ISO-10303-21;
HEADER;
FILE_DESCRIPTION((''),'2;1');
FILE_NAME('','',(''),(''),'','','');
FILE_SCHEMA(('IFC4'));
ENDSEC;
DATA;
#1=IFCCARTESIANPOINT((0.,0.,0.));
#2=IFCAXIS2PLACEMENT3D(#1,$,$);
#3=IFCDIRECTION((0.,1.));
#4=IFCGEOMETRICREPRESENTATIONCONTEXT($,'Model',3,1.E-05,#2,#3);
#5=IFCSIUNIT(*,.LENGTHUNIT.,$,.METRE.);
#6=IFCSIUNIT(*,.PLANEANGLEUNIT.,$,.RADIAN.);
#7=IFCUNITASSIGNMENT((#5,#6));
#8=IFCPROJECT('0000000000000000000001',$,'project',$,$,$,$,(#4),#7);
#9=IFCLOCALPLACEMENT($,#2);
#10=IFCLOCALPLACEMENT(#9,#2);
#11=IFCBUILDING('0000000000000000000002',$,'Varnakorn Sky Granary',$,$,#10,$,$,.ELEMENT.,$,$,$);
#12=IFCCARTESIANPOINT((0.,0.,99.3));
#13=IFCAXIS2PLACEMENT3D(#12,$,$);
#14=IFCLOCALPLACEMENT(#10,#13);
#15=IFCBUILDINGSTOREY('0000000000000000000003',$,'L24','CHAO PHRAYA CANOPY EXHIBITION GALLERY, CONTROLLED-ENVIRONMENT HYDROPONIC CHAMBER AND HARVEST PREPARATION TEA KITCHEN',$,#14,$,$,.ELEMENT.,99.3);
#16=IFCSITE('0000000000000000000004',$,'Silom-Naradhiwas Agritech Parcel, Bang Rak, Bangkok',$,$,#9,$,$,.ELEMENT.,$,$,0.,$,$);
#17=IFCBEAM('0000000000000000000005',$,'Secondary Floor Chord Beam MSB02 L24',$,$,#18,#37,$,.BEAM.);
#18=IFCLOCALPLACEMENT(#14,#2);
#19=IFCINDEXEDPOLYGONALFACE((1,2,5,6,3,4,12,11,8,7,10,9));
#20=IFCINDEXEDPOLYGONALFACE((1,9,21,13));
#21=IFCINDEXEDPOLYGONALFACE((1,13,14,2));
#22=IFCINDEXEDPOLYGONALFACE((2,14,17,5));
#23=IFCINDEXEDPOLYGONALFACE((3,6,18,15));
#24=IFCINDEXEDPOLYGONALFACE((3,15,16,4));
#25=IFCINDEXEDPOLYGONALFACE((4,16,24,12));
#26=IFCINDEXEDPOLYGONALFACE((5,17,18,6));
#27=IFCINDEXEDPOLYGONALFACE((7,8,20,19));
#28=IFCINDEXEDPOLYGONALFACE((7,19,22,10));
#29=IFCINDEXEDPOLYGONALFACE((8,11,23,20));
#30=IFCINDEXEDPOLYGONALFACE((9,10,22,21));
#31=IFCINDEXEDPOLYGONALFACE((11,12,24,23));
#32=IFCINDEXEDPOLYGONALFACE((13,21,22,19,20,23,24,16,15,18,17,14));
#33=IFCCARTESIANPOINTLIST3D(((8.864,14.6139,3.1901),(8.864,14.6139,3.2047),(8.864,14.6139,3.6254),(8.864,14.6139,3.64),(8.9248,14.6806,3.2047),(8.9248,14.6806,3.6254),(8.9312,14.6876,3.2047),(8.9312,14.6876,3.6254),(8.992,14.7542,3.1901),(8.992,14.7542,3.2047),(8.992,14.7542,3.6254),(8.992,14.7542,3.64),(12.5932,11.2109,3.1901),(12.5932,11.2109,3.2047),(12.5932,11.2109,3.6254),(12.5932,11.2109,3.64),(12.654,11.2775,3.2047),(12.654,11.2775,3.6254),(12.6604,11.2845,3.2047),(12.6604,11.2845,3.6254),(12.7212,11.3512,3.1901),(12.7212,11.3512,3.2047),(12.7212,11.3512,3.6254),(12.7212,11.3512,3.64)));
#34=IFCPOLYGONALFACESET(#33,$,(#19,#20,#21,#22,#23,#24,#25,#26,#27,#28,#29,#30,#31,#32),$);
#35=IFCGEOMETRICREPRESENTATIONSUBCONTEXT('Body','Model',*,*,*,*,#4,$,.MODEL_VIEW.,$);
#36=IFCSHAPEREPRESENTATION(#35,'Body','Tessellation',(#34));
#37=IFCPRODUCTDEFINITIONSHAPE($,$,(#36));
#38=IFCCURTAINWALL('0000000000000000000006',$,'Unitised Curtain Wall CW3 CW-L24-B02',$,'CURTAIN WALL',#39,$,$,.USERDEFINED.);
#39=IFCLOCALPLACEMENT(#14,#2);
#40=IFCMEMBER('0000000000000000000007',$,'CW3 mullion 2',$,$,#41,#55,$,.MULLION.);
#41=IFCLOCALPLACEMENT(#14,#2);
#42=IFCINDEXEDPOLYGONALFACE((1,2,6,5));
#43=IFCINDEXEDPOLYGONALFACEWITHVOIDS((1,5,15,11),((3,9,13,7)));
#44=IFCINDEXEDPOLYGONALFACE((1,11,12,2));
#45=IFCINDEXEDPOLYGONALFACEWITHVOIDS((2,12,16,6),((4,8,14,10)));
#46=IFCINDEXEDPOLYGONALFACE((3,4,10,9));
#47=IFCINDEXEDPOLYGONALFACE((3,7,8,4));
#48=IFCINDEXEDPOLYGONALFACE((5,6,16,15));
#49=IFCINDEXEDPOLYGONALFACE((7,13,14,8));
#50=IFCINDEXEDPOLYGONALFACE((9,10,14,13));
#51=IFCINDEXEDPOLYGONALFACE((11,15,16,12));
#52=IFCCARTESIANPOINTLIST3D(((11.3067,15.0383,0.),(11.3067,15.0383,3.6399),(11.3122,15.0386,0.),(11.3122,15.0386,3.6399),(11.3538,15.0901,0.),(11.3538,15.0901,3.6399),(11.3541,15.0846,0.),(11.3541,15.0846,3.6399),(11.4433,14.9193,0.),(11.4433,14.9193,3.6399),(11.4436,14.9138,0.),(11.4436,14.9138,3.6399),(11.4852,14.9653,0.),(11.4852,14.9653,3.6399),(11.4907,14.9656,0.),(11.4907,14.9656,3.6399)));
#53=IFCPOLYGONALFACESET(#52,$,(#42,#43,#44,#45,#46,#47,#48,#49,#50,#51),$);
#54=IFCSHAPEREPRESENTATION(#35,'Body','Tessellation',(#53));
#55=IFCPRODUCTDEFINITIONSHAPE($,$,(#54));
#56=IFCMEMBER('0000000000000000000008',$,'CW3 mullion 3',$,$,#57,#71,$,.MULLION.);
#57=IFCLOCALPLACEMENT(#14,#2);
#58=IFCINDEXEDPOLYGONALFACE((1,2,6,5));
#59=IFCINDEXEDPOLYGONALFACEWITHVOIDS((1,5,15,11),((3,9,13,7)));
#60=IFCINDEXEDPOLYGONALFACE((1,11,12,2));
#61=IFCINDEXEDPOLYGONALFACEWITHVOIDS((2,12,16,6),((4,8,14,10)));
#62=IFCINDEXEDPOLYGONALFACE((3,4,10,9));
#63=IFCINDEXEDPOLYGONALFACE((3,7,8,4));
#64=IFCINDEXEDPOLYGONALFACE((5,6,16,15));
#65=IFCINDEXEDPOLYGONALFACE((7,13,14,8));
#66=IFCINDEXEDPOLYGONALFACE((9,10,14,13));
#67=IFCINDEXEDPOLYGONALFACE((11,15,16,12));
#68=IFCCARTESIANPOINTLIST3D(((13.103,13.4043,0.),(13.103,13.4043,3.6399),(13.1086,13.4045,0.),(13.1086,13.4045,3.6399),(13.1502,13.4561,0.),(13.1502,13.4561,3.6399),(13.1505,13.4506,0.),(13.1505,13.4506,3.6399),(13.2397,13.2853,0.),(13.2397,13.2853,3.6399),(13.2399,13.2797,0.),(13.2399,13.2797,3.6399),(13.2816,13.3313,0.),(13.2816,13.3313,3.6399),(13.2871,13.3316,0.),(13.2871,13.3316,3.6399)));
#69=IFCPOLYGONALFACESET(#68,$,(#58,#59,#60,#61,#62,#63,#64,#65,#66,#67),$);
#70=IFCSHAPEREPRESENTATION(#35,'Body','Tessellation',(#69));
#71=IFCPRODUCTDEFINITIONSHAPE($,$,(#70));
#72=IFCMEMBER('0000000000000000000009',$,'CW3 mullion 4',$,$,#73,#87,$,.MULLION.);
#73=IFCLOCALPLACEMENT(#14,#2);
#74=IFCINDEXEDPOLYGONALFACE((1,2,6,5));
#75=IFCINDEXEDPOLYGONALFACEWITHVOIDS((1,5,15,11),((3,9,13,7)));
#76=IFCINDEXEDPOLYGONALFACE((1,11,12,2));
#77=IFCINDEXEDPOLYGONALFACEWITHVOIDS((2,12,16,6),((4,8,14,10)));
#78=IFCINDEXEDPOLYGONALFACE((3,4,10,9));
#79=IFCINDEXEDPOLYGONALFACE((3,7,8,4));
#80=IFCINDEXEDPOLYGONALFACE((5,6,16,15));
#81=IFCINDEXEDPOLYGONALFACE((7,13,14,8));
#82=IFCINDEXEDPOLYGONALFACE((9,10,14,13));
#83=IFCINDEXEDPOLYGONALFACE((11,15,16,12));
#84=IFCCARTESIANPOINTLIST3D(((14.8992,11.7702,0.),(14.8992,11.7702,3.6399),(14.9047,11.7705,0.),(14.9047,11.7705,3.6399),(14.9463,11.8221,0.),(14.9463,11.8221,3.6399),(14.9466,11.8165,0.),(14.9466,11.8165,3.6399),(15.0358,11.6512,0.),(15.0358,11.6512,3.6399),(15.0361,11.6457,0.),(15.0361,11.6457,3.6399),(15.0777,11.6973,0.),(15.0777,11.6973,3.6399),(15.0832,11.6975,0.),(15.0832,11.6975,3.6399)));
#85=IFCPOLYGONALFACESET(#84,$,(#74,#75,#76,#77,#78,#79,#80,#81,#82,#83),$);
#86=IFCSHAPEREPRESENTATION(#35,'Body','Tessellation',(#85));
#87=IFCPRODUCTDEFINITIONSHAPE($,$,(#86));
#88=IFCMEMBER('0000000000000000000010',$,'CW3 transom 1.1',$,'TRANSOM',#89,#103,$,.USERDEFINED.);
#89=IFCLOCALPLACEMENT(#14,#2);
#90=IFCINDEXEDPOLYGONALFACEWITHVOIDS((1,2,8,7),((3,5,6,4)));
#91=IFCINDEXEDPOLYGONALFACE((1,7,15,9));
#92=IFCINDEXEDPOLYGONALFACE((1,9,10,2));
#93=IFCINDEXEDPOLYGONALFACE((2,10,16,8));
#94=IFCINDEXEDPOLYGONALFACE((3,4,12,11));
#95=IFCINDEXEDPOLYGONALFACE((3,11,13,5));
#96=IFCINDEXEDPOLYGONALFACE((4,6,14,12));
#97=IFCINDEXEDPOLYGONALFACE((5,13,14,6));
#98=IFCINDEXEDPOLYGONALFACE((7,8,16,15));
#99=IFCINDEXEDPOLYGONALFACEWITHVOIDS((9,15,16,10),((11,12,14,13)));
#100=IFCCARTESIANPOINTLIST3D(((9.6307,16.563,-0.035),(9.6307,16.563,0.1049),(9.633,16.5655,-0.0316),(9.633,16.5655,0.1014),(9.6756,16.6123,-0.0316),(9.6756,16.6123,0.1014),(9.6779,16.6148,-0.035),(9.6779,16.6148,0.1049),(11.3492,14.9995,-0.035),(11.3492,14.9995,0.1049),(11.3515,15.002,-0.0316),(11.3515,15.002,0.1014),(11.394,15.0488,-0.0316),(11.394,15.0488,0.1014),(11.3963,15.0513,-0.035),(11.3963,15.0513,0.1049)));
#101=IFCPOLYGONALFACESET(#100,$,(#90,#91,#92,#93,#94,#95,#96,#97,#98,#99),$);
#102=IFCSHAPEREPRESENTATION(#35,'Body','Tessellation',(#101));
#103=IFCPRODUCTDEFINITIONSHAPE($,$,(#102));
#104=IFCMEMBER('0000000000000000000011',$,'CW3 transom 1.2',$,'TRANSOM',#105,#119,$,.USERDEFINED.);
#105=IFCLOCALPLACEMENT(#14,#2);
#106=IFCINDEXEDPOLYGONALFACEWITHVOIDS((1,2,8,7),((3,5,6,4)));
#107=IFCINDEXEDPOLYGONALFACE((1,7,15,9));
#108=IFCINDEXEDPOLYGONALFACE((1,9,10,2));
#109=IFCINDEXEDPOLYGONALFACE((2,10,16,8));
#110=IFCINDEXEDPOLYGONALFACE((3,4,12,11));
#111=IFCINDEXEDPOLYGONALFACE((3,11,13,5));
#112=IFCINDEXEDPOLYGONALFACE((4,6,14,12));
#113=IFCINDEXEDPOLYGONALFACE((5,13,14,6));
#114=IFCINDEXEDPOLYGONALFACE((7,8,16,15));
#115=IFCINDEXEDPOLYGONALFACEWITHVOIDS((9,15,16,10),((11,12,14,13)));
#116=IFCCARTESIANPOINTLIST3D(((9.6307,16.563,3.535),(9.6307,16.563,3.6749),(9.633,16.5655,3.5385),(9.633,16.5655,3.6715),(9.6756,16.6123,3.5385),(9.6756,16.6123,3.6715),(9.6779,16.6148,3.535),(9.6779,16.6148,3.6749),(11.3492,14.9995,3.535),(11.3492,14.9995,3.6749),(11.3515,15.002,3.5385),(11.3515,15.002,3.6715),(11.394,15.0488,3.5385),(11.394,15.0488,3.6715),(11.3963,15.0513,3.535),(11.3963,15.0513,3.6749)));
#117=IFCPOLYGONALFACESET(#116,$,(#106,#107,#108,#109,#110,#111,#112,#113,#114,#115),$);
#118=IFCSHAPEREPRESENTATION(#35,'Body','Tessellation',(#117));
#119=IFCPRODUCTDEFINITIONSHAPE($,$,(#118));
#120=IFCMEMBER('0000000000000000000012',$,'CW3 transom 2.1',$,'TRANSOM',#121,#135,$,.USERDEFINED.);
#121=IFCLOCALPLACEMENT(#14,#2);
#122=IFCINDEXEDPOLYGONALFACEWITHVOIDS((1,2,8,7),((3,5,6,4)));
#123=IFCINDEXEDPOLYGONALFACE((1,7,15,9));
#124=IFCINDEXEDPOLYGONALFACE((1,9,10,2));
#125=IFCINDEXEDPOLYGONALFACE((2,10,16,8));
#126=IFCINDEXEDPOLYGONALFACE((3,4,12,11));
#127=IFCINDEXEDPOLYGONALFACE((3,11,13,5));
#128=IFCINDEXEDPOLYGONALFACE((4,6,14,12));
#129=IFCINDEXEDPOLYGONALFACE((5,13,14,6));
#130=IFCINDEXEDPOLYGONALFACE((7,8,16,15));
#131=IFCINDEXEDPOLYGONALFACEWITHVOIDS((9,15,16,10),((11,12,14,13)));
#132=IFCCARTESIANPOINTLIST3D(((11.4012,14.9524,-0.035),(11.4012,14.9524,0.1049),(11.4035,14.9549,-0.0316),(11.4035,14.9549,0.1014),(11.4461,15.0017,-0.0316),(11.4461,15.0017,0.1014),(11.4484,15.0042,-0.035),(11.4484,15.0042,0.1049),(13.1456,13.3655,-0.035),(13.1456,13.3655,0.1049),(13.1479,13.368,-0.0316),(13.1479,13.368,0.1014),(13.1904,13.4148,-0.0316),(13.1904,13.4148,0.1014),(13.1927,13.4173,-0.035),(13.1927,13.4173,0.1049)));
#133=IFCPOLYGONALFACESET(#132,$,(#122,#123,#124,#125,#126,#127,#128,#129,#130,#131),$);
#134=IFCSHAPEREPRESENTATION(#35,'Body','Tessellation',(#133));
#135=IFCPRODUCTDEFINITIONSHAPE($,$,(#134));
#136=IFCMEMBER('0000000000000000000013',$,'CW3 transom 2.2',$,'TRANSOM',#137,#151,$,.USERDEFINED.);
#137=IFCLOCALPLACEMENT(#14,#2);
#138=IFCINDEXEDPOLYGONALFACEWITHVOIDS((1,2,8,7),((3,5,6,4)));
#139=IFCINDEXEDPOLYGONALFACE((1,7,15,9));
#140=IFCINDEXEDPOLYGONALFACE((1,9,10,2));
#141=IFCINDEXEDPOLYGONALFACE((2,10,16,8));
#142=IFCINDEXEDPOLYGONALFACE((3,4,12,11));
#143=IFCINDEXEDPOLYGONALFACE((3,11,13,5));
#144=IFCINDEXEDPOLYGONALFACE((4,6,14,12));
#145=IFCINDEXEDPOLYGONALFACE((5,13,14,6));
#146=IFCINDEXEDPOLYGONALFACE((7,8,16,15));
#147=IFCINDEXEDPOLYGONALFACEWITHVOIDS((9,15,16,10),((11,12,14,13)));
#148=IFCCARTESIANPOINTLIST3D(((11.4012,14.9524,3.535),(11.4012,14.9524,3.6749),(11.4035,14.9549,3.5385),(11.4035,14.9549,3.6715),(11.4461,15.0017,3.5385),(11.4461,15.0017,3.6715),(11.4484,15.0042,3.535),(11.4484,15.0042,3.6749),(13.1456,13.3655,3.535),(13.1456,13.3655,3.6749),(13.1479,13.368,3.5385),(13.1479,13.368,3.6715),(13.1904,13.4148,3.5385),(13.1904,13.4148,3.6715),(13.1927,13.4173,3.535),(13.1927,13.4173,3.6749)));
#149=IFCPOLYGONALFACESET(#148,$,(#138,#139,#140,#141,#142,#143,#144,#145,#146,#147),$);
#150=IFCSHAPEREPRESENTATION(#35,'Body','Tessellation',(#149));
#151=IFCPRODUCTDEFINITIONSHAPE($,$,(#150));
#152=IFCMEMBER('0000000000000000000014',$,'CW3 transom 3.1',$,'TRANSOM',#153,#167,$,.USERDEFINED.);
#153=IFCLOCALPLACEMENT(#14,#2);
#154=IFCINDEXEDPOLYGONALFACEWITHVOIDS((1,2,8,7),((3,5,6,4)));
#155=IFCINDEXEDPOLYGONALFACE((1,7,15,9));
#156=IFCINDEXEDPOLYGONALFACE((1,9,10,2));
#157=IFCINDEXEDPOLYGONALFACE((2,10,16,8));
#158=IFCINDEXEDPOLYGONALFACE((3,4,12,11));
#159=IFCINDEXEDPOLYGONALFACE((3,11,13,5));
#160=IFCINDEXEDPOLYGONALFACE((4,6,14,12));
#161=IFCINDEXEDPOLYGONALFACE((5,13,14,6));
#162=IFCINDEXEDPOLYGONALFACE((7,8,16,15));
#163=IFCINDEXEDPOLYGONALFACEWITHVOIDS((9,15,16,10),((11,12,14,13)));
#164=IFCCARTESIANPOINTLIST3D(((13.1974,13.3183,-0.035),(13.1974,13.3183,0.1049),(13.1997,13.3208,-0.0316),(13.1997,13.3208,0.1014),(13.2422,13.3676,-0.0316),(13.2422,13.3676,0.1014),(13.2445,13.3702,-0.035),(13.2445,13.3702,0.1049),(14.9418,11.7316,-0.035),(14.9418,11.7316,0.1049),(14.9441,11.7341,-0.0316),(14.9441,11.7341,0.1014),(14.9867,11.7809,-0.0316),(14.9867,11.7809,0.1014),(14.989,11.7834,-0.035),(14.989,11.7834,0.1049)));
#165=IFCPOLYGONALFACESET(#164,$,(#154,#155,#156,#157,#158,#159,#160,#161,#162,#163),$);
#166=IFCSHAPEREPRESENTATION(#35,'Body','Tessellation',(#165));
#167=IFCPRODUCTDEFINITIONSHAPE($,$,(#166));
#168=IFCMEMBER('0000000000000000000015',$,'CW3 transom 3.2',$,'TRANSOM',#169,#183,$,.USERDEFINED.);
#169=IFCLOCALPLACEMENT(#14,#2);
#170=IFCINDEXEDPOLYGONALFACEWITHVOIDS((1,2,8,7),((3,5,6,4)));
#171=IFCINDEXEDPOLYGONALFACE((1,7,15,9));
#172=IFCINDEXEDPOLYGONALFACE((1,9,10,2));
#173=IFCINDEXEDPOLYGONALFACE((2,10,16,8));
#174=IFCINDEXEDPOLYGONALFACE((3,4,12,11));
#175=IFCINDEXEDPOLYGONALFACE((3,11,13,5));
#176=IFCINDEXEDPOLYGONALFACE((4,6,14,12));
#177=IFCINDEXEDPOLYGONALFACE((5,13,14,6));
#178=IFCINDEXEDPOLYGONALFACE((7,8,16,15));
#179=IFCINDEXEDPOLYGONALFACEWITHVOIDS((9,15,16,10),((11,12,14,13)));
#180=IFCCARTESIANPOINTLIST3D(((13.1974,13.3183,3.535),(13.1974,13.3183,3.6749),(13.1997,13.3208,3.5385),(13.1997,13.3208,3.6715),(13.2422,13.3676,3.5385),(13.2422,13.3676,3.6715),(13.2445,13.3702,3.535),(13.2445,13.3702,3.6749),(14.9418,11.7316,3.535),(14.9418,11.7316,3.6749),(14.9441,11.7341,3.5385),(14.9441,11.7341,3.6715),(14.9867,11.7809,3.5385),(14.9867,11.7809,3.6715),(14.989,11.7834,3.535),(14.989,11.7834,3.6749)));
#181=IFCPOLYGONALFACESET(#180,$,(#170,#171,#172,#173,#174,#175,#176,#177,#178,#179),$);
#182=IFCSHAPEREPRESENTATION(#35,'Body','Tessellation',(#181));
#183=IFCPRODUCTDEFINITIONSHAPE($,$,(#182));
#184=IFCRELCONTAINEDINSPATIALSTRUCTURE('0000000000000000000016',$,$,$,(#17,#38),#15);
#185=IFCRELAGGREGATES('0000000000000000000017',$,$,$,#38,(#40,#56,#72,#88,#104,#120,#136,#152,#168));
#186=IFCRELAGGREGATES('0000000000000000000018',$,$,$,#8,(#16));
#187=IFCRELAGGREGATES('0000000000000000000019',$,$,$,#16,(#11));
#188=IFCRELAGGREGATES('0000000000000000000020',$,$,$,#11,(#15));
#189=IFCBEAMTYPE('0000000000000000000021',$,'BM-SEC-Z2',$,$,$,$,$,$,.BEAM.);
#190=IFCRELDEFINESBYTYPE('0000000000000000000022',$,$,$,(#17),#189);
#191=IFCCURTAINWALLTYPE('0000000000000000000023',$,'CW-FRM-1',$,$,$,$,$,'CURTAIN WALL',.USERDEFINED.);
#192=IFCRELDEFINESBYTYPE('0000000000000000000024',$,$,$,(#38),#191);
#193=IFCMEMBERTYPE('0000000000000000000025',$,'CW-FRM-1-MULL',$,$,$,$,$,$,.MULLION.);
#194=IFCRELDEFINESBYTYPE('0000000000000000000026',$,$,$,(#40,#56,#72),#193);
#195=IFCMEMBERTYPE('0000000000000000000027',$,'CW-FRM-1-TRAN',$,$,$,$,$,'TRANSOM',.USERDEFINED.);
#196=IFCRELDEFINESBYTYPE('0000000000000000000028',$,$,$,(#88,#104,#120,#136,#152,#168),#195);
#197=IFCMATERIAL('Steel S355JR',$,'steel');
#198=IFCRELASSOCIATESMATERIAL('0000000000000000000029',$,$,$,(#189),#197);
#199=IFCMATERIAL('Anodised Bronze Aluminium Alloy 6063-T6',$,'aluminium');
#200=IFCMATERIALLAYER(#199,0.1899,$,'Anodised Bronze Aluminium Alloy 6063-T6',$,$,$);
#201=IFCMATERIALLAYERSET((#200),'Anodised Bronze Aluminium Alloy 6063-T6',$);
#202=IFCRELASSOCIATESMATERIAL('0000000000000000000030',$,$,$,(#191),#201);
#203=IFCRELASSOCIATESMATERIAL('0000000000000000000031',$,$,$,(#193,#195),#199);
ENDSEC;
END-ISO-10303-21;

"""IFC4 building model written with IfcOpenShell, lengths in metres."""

from ifc_helpers import new_model, si_unit, direction, frame, origin, origin_2d, place, context, subcontext, project, spatial, hollow_rectangle, i_section, extrude, material, layer, layer_set, material_profile, profile_set, type_object, element, aggregate, save


model = new_model("IFC4")

# Units and contexts
model_context = context("Model", 3, precision=1e-05, world=origin(), true_north=direction((0.0, 1.0)))
body_context = subcontext(model_context, "Body", "Model", "MODEL_VIEW")
ifc_project = project(units=[si_unit("LENGTHUNIT", "METRE"), si_unit("PLANEANGLEUNIT", "RADIAN")], contexts=[model_context])

# Site, building, storey
site_placement = place(None, origin())
site = spatial("IfcSite", under=ifc_project, at=site_placement, Name="Silom-Naradhiwas Agritech Parcel, Bang Rak, Bangkok", CompositionType="ELEMENT", RefElevation=0.0)
building_placement = place(site_placement, origin())
building = spatial("IfcBuilding", under=site, at=building_placement, Name="Varnakorn Sky Granary", CompositionType="ELEMENT")
storey_placement = place(building_placement, frame((0.0, 0.0, 99.3)))
storey = spatial("IfcBuildingStorey", under=building, at=storey_placement, Name="L24", Description="CHAO PHRAYA CANOPY EXHIBITION GALLERY, CONTROLLED-ENVIRONMENT HYDROPONIC CHAMBER AND HARVEST PREPARATION TEA KITCHEN", CompositionType="ELEMENT", Elevation=99.3)

# Beam
ifc_material_1 = material(Name="Steel S355JR", Category="steel")
ifc_material_profile_1 = material_profile(ifc_material_1, i_section(OverallWidth=0.1899, OverallDepth=0.45, WebThickness=0.0095, FlangeThickness=0.0146, at=origin_2d()), Name="IPE 450")
ifc_profile_set_1 = profile_set([ifc_material_profile_1], Name="Steel S355JR")
beam_type = type_object("IfcBeamType", Name="BM-SEC-Z2", PredefinedType="BEAM", material=ifc_profile_set_1)
beam_placement = place(storey_placement, frame((12.6572, 11.281, 3.415), z_axis=(-0.738672, 0.674065, 0.0), x_axis=(-0.674065, -0.738672, 0.0)))
element("IfcBeam", 1, at=beam_placement, inside=storey, type_object=beam_type, Name="Secondary Floor Chord Beam MSB02 L24", PredefinedType="BEAM", context=body_context, shape_type="SweptSolid", body=[
    extrude(i_section(OverallWidth=0.1899, OverallDepth=0.45, WebThickness=0.0095, FlangeThickness=0.0146, at=origin_2d()), origin(), (0.0, 0.0, 1.0), 5.0486),
])

# Curtain wall, members
ifc_material_2 = material(Name="Anodised Bronze Aluminium Alloy 6063-T6", Category="aluminium")
ifc_layer_1 = layer(ifc_material_2, 0.1899, Name="Anodised Bronze Aluminium Alloy 6063-T6")
ifc_layer_set_1 = layer_set([ifc_layer_1], Name="Anodised Bronze Aluminium Alloy 6063-T6")
curtain_wall_type = type_object("IfcCurtainWallType", Name="CW-FRM-1", ElementType="CURTAIN WALL", PredefinedType="USERDEFINED", material=ifc_layer_set_1)
curtain_wall_placement = place(storey_placement, origin())
curtain_wall = element("IfcCurtainWall", 2, at=curtain_wall_placement, inside=storey, type_object=curtain_wall_type, Name="Unitised Curtain Wall CW3 CW-L24-B02", ObjectType="CURTAIN WALL", PredefinedType="USERDEFINED")
ifc_material_profile_2 = material_profile(ifc_material_2, hollow_rectangle(XDim=0.0701, YDim=0.1851, WallThickness=0.0039, at=origin_2d()), Name="ALU MULL 70x185")
ifc_profile_set_2 = profile_set([ifc_material_profile_2], Name="Anodised Bronze Aluminium Alloy 6063-T6")
member_type_1 = type_object("IfcMemberType", Name="CW-FRM-1-MULL", PredefinedType="MULLION", material=ifc_profile_set_2)
member_1_placement = place(storey_placement, frame((11.3987, 15.002, 0.0), z_axis=(0.0, 0.0, 1.0), x_axis=(0.672919, 0.739716, 0.0)))
member_1 = element("IfcMember", 3, at=member_1_placement, type_object=member_type_1, Name="CW3 mullion 2", PredefinedType="MULLION", context=body_context, shape_type="SweptSolid", body=[
    extrude(hollow_rectangle(XDim=0.0701, YDim=0.1851, WallThickness=0.0039, at=origin_2d()), origin(), (0.0, 0.0, 1.0), 3.6399),
])
member_2_placement = place(storey_placement, frame((13.1951, 13.3679, 0.0), z_axis=(0.0, 0.0, 1.0), x_axis=(0.672919, 0.739716, 0.0)))
member_2 = element("IfcMember", 4, at=member_2_placement, type_object=member_type_1, Name="CW3 mullion 3", PredefinedType="MULLION", context=body_context, shape_type="SweptSolid", body=[
    extrude(hollow_rectangle(XDim=0.0701, YDim=0.1851, WallThickness=0.0039, at=origin_2d()), origin(), (0.0, 0.0, 1.0), 3.6399),
])
member_3_placement = place(storey_placement, frame((14.9912, 11.7339, 0.0), z_axis=(0.0, 0.0, 1.0), x_axis=(0.672919, 0.739716, 0.0)))
member_3 = element("IfcMember", 5, at=member_3_placement, type_object=member_type_1, Name="CW3 mullion 4", PredefinedType="MULLION", context=body_context, shape_type="SweptSolid", body=[
    extrude(hollow_rectangle(XDim=0.0701, YDim=0.1851, WallThickness=0.0039, at=origin_2d()), origin(), (0.0, 0.0, 1.0), 3.6399),
])
ifc_material_profile_3 = material_profile(ifc_material_2, hollow_rectangle(XDim=0.0701, YDim=0.1399, WallThickness=0.0034, at=origin_2d()), Name="ALU TRAN 70x140")
ifc_profile_set_3 = profile_set([ifc_material_profile_3], Name="Anodised Bronze Aluminium Alloy 6063-T6")
member_type_2 = type_object("IfcMemberType", Name="CW-FRM-1-TRAN", ElementType="TRANSOM", PredefinedType="USERDEFINED", material=ifc_profile_set_3)
member_4_placement = place(storey_placement, frame((9.6543, 16.5889, 0.0349), z_axis=(0.739683, -0.672955, 0.0), x_axis=(0.672955, 0.739683, 0.0)))
member_4 = element("IfcMember", 6, at=member_4_placement, type_object=member_type_2, Name="CW3 transom 1.1", ObjectType="TRANSOM", PredefinedType="USERDEFINED", context=body_context, shape_type="SweptSolid", body=[
    extrude(hollow_rectangle(XDim=0.0701, YDim=0.1399, WallThickness=0.0034, at=origin_2d()), origin(), (0.0, 0.0, 1.0), 2.3232),
])
member_5_placement = place(storey_placement, frame((9.6543, 16.5889, 3.605), z_axis=(0.739683, -0.672955, 0.0), x_axis=(0.672955, 0.739683, 0.0)))
member_5 = element("IfcMember", 7, at=member_5_placement, type_object=member_type_2, Name="CW3 transom 1.2", ObjectType="TRANSOM", PredefinedType="USERDEFINED", context=body_context, shape_type="SweptSolid", body=[
    extrude(hollow_rectangle(XDim=0.0701, YDim=0.1399, WallThickness=0.0034, at=origin_2d()), origin(), (0.0, 0.0, 1.0), 2.3232),
])
member_6_placement = place(storey_placement, frame((11.4248, 14.9783, 0.0349), z_axis=(0.739706, -0.67293, 0.0), x_axis=(0.67293, 0.739706, 0.0)))
member_6 = element("IfcMember", 8, at=member_6_placement, type_object=member_type_2, Name="CW3 transom 2.1", ObjectType="TRANSOM", PredefinedType="USERDEFINED", context=body_context, shape_type="SweptSolid", body=[
    extrude(hollow_rectangle(XDim=0.0701, YDim=0.1399, WallThickness=0.0034, at=origin_2d()), origin(), (0.0, 0.0, 1.0), 2.3582),
])
member_7_placement = place(storey_placement, frame((11.4248, 14.9783, 3.605), z_axis=(0.739706, -0.67293, 0.0), x_axis=(0.67293, 0.739706, 0.0)))
member_7 = element("IfcMember", 9, at=member_7_placement, type_object=member_type_2, Name="CW3 transom 2.2", ObjectType="TRANSOM", PredefinedType="USERDEFINED", context=body_context, shape_type="SweptSolid", body=[
    extrude(hollow_rectangle(XDim=0.0701, YDim=0.1399, WallThickness=0.0034, at=origin_2d()), origin(), (0.0, 0.0, 1.0), 2.3582),
])
member_8_placement = place(storey_placement, frame((13.2209, 13.3442, 0.0349), z_axis=(0.739757, -0.672874, 0.0), x_axis=(0.672874, 0.739757, 0.0)))
member_8 = element("IfcMember", 10, at=member_8_placement, type_object=member_type_2, Name="CW3 transom 3.1", ObjectType="TRANSOM", PredefinedType="USERDEFINED", context=body_context, shape_type="SweptSolid", body=[
    extrude(hollow_rectangle(XDim=0.0701, YDim=0.1399, WallThickness=0.0034, at=origin_2d()), origin(), (0.0, 0.0, 1.0), 2.3582),
])
member_9_placement = place(storey_placement, frame((13.2209, 13.3442, 3.605), z_axis=(0.739757, -0.672874, 0.0), x_axis=(0.672874, 0.739757, 0.0)))
member_9 = element("IfcMember", 11, at=member_9_placement, type_object=member_type_2, Name="CW3 transom 3.2", ObjectType="TRANSOM", PredefinedType="USERDEFINED", context=body_context, shape_type="SweptSolid", body=[
    extrude(hollow_rectangle(XDim=0.0701, YDim=0.1399, WallThickness=0.0034, at=origin_2d()), origin(), (0.0, 0.0, 1.0), 2.3582),
])
aggregate(curtain_wall, [member_1, member_2, member_3, member_4, member_5, member_6, member_7, member_8, member_9])

save(model, "model.ifc")
